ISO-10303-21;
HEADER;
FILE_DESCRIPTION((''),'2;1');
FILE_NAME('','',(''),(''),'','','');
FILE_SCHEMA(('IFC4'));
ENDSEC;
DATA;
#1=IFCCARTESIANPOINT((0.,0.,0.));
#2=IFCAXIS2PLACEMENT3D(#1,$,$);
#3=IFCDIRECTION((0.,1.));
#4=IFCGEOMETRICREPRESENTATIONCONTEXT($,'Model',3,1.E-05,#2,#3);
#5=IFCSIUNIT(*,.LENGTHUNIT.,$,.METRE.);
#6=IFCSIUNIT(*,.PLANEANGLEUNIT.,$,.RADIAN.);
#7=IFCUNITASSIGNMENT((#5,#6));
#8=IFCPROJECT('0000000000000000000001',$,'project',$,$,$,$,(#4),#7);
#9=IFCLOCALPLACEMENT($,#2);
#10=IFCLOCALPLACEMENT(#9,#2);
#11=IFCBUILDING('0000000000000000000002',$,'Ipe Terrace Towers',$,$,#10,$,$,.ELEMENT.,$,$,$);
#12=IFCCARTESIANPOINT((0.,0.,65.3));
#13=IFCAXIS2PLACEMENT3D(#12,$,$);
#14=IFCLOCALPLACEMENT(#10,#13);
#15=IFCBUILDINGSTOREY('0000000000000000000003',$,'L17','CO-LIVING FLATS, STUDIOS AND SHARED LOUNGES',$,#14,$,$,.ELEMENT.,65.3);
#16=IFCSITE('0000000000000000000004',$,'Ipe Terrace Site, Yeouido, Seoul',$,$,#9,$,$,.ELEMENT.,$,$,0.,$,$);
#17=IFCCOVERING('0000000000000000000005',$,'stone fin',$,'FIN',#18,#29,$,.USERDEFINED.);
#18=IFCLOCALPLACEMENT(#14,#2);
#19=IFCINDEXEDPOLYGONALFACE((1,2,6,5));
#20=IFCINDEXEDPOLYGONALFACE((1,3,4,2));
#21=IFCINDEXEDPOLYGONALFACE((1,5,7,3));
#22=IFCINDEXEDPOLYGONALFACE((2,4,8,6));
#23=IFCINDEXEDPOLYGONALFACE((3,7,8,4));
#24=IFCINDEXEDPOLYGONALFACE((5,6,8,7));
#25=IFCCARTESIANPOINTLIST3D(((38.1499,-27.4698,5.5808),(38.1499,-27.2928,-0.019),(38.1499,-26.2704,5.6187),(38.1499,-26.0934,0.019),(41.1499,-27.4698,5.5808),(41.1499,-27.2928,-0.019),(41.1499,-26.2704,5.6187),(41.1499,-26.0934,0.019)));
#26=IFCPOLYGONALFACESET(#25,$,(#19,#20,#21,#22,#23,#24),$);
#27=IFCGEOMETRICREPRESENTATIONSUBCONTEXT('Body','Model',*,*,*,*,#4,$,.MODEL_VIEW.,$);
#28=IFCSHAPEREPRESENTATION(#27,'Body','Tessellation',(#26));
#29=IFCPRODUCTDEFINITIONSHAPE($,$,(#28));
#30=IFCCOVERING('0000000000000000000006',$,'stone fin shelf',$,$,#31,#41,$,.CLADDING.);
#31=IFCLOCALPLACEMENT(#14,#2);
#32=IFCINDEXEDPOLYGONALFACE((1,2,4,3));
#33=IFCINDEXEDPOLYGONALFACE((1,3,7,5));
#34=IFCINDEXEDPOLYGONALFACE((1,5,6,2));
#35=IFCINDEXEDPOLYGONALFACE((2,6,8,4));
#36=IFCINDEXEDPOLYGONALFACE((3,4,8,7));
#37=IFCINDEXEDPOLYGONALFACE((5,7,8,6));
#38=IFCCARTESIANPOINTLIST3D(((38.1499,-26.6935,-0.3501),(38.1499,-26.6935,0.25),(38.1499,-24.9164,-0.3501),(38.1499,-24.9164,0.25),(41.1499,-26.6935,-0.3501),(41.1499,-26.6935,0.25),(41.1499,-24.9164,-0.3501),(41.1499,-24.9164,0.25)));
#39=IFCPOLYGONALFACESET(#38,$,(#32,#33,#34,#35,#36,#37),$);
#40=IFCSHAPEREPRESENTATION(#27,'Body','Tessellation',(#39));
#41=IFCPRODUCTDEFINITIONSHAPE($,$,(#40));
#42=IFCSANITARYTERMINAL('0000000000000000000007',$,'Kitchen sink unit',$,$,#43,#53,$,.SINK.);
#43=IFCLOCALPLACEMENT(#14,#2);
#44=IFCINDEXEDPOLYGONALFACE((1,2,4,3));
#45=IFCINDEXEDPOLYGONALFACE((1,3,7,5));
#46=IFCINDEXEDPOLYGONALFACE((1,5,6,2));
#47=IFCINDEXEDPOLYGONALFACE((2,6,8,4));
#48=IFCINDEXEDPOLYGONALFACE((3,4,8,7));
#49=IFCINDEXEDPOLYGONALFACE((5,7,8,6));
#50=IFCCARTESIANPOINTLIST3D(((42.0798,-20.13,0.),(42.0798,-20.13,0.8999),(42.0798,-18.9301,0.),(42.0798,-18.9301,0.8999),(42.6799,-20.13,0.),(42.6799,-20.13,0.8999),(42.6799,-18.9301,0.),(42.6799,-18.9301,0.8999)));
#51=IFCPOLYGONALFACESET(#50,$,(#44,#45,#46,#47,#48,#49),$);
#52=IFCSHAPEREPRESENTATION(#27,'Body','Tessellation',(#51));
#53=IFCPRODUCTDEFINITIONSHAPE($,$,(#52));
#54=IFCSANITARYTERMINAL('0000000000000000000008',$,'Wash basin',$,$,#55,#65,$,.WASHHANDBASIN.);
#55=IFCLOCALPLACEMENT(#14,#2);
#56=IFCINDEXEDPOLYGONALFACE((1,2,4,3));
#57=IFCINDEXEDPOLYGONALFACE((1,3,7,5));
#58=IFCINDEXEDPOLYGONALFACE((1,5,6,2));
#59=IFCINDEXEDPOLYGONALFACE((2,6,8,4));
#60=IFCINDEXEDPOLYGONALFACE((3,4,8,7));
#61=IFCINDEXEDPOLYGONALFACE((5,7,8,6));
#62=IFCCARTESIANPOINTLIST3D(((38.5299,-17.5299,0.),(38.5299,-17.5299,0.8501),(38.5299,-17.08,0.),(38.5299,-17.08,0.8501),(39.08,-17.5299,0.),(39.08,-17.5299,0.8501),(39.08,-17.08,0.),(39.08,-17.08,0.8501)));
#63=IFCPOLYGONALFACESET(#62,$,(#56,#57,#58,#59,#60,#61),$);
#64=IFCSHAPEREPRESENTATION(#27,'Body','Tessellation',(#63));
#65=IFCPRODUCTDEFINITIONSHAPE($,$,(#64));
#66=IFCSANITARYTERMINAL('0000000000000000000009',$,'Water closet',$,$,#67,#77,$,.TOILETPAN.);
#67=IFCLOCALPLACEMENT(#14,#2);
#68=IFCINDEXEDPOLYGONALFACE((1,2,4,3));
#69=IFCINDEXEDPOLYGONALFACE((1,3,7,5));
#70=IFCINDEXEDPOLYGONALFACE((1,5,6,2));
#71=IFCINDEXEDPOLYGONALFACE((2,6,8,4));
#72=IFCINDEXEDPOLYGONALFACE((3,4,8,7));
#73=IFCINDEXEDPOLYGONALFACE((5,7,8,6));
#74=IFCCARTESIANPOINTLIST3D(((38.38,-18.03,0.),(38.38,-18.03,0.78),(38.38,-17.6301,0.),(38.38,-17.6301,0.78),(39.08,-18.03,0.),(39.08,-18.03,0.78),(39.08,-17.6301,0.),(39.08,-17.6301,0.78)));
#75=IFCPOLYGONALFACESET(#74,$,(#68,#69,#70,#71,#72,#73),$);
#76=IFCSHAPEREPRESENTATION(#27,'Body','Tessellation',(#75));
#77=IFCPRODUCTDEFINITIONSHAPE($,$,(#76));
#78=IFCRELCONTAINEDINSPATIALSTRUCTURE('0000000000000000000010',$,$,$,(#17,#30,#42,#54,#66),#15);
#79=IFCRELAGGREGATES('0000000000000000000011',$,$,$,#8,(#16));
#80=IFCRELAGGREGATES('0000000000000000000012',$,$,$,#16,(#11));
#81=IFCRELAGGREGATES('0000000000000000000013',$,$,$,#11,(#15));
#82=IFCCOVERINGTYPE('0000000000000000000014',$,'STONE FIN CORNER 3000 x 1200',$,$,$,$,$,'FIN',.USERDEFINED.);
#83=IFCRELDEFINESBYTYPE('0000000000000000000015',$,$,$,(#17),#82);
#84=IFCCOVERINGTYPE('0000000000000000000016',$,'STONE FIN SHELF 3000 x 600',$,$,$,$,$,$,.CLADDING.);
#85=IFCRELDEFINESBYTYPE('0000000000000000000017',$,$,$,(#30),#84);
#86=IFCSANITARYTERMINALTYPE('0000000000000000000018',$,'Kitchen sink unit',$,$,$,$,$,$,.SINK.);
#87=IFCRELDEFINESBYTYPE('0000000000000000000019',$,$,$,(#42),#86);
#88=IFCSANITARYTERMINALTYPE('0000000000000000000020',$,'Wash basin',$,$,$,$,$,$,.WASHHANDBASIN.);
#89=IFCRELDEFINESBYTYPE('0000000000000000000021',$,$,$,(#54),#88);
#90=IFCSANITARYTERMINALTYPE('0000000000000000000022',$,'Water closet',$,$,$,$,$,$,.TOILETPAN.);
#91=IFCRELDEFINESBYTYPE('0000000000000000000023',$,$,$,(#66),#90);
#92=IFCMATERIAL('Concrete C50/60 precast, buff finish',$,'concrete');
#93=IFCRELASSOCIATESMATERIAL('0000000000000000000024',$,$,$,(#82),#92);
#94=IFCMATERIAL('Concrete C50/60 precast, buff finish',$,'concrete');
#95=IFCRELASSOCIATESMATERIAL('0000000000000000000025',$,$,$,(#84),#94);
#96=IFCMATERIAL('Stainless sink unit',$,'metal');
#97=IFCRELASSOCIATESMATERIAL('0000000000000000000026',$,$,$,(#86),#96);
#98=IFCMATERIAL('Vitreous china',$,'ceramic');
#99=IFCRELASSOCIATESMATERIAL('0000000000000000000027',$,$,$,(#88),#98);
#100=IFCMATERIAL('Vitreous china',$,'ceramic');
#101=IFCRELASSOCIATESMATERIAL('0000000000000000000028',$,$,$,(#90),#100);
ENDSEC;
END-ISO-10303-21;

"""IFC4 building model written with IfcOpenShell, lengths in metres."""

from ifc_helpers import new_model, si_unit, direction, frame, origin, origin_2d, place, context, subcontext, project, spatial, rectangle, extrude, material, material_profile, profile_set, type_object, element, save


model = new_model("IFC4")

# Units and contexts
model_context = context("Model", 3, precision=1e-05, world=origin(), true_north=direction((0.0, 1.0)))
body_context = subcontext(model_context, "Body", "Model", "MODEL_VIEW")
ifc_project = project(units=[si_unit("LENGTHUNIT", "METRE"), si_unit("PLANEANGLEUNIT", "RADIAN")], contexts=[model_context])

# Site, building, storey
site_placement = place(None, origin())
site = spatial("IfcSite", under=ifc_project, at=site_placement, Name="Ipe Terrace Site, Yeouido, Seoul", CompositionType="ELEMENT", RefElevation=0.0)
building_placement = place(site_placement, origin())
building = spatial("IfcBuilding", under=site, at=building_placement, Name="Ipe Terrace Towers", CompositionType="ELEMENT")
storey_placement = place(building_placement, frame((0.0, 0.0, 65.3)))
storey = spatial("IfcBuildingStorey", under=building, at=storey_placement, Name="L17", Description="CO-LIVING FLATS, STUDIOS AND SHARED LOUNGES", CompositionType="ELEMENT", Elevation=65.3)

# Coverings
ifc_material_1 = material(Name="Concrete C50/60 precast, buff finish", Category="concrete")
ifc_material_profile_1 = material_profile(ifc_material_1, rectangle(XDim=3.0, YDim=1.2, at=origin_2d()), Name="STONE FIN CORNER 3000 x 1200")
ifc_profile_set_1 = profile_set([ifc_material_profile_1], Name="Concrete C50/60 precast, buff finish")
covering_type_1 = type_object("IfcCoveringType", Name="STONE FIN CORNER 3000 x 1200", ElementType="FIN", PredefinedType="USERDEFINED", material=ifc_profile_set_1)
covering_1_placement = place(storey_placement, frame((39.6499, -26.6931, 0.0), z_axis=(0.0, -0.031593, 0.999501), x_axis=(1.0, 0.0, 0.0)))
element("IfcCovering", 1, at=covering_1_placement, inside=storey, type_object=covering_type_1, Name="stone fin", ObjectType="FIN", PredefinedType="USERDEFINED", context=body_context, shape_type="SweptSolid", body=[
    extrude(rectangle(XDim=3.0, YDim=1.2, at=origin_2d()), origin(), (0.0, 0.0, 1.0), 5.6025),
])
ifc_material_2 = material(Name="Concrete C50/60 precast, buff finish", Category="concrete")
covering_type_2 = type_object("IfcCoveringType", Name="STONE FIN SHELF 3000 x 600", PredefinedType="CLADDING", material=ifc_material_2)
covering_2_placement = place(storey_placement, frame((39.6499, -25.8049, -0.3501), z_axis=(0.0, 0.0, 1.0), x_axis=(1.0, 0.0, 0.0)))
element("IfcCovering", 2, at=covering_2_placement, inside=storey, type_object=covering_type_2, Name="stone fin shelf", PredefinedType="CLADDING", context=body_context, shape_type="SweptSolid", body=[
    extrude(rectangle(XDim=3.0, YDim=1.7771, at=origin_2d()), origin(), (0.0, 0.0, 1.0), 0.6001),
])

# Sanitary terminals
ifc_material_3 = material(Name="Stainless sink unit", Category="metal")
sanitary_terminal_type_1 = type_object("IfcSanitaryTerminalType", Name="Kitchen sink unit", PredefinedType="SINK", material=ifc_material_3)
sanitary_terminal_1_placement = place(storey_placement, frame((42.3799, -19.53, 0.0), z_axis=(0.0, 0.0, 1.0), x_axis=(0.0, -1.0, 0.0)))
element("IfcSanitaryTerminal", 3, at=sanitary_terminal_1_placement, inside=storey, type_object=sanitary_terminal_type_1, Name="Kitchen sink unit", PredefinedType="SINK", context=body_context, shape_type="SweptSolid", body=[
    extrude(rectangle(XDim=1.2, YDim=0.6001, at=origin_2d()), origin(), (0.0, 0.0, 1.0), 0.8999),
])
ifc_material_4 = material(Name="Vitreous china", Category="ceramic")
sanitary_terminal_type_2 = type_object("IfcSanitaryTerminalType", Name="Wash basin", PredefinedType="WASHHANDBASIN", material=ifc_material_4)
sanitary_terminal_2_placement = place(storey_placement, frame((38.8049, -17.3049, 0.0), z_axis=(0.0, 0.0, 1.0), x_axis=(-1.0, 0.0, 0.0)))
element("IfcSanitaryTerminal", 4, at=sanitary_terminal_2_placement, inside=storey, type_object=sanitary_terminal_type_2, Name="Wash basin", PredefinedType="WASHHANDBASIN", context=body_context, shape_type="SweptSolid", body=[
    extrude(rectangle(XDim=0.55, YDim=0.45, at=origin_2d()), origin(), (0.0, 0.0, 1.0), 0.8501),
])
ifc_material_5 = material(Name="Vitreous china", Category="ceramic")
sanitary_terminal_type_3 = type_object("IfcSanitaryTerminalType", Name="Water closet", PredefinedType="TOILETPAN", material=ifc_material_5)
sanitary_terminal_3_placement = place(storey_placement, frame((38.73, -17.8301, 0.0), z_axis=(0.0, 0.0, 1.0), x_axis=(-1.0, 0.0, 0.0)))
element("IfcSanitaryTerminal", 5, at=sanitary_terminal_3_placement, inside=storey, type_object=sanitary_terminal_type_3, Name="Water closet", PredefinedType="TOILETPAN", context=body_context, shape_type="SweptSolid", body=[
    extrude(rectangle(XDim=0.7, YDim=0.3999, at=origin_2d()), origin(), (0.0, 0.0, 1.0), 0.78),
])

save(model, "model.ifc")
